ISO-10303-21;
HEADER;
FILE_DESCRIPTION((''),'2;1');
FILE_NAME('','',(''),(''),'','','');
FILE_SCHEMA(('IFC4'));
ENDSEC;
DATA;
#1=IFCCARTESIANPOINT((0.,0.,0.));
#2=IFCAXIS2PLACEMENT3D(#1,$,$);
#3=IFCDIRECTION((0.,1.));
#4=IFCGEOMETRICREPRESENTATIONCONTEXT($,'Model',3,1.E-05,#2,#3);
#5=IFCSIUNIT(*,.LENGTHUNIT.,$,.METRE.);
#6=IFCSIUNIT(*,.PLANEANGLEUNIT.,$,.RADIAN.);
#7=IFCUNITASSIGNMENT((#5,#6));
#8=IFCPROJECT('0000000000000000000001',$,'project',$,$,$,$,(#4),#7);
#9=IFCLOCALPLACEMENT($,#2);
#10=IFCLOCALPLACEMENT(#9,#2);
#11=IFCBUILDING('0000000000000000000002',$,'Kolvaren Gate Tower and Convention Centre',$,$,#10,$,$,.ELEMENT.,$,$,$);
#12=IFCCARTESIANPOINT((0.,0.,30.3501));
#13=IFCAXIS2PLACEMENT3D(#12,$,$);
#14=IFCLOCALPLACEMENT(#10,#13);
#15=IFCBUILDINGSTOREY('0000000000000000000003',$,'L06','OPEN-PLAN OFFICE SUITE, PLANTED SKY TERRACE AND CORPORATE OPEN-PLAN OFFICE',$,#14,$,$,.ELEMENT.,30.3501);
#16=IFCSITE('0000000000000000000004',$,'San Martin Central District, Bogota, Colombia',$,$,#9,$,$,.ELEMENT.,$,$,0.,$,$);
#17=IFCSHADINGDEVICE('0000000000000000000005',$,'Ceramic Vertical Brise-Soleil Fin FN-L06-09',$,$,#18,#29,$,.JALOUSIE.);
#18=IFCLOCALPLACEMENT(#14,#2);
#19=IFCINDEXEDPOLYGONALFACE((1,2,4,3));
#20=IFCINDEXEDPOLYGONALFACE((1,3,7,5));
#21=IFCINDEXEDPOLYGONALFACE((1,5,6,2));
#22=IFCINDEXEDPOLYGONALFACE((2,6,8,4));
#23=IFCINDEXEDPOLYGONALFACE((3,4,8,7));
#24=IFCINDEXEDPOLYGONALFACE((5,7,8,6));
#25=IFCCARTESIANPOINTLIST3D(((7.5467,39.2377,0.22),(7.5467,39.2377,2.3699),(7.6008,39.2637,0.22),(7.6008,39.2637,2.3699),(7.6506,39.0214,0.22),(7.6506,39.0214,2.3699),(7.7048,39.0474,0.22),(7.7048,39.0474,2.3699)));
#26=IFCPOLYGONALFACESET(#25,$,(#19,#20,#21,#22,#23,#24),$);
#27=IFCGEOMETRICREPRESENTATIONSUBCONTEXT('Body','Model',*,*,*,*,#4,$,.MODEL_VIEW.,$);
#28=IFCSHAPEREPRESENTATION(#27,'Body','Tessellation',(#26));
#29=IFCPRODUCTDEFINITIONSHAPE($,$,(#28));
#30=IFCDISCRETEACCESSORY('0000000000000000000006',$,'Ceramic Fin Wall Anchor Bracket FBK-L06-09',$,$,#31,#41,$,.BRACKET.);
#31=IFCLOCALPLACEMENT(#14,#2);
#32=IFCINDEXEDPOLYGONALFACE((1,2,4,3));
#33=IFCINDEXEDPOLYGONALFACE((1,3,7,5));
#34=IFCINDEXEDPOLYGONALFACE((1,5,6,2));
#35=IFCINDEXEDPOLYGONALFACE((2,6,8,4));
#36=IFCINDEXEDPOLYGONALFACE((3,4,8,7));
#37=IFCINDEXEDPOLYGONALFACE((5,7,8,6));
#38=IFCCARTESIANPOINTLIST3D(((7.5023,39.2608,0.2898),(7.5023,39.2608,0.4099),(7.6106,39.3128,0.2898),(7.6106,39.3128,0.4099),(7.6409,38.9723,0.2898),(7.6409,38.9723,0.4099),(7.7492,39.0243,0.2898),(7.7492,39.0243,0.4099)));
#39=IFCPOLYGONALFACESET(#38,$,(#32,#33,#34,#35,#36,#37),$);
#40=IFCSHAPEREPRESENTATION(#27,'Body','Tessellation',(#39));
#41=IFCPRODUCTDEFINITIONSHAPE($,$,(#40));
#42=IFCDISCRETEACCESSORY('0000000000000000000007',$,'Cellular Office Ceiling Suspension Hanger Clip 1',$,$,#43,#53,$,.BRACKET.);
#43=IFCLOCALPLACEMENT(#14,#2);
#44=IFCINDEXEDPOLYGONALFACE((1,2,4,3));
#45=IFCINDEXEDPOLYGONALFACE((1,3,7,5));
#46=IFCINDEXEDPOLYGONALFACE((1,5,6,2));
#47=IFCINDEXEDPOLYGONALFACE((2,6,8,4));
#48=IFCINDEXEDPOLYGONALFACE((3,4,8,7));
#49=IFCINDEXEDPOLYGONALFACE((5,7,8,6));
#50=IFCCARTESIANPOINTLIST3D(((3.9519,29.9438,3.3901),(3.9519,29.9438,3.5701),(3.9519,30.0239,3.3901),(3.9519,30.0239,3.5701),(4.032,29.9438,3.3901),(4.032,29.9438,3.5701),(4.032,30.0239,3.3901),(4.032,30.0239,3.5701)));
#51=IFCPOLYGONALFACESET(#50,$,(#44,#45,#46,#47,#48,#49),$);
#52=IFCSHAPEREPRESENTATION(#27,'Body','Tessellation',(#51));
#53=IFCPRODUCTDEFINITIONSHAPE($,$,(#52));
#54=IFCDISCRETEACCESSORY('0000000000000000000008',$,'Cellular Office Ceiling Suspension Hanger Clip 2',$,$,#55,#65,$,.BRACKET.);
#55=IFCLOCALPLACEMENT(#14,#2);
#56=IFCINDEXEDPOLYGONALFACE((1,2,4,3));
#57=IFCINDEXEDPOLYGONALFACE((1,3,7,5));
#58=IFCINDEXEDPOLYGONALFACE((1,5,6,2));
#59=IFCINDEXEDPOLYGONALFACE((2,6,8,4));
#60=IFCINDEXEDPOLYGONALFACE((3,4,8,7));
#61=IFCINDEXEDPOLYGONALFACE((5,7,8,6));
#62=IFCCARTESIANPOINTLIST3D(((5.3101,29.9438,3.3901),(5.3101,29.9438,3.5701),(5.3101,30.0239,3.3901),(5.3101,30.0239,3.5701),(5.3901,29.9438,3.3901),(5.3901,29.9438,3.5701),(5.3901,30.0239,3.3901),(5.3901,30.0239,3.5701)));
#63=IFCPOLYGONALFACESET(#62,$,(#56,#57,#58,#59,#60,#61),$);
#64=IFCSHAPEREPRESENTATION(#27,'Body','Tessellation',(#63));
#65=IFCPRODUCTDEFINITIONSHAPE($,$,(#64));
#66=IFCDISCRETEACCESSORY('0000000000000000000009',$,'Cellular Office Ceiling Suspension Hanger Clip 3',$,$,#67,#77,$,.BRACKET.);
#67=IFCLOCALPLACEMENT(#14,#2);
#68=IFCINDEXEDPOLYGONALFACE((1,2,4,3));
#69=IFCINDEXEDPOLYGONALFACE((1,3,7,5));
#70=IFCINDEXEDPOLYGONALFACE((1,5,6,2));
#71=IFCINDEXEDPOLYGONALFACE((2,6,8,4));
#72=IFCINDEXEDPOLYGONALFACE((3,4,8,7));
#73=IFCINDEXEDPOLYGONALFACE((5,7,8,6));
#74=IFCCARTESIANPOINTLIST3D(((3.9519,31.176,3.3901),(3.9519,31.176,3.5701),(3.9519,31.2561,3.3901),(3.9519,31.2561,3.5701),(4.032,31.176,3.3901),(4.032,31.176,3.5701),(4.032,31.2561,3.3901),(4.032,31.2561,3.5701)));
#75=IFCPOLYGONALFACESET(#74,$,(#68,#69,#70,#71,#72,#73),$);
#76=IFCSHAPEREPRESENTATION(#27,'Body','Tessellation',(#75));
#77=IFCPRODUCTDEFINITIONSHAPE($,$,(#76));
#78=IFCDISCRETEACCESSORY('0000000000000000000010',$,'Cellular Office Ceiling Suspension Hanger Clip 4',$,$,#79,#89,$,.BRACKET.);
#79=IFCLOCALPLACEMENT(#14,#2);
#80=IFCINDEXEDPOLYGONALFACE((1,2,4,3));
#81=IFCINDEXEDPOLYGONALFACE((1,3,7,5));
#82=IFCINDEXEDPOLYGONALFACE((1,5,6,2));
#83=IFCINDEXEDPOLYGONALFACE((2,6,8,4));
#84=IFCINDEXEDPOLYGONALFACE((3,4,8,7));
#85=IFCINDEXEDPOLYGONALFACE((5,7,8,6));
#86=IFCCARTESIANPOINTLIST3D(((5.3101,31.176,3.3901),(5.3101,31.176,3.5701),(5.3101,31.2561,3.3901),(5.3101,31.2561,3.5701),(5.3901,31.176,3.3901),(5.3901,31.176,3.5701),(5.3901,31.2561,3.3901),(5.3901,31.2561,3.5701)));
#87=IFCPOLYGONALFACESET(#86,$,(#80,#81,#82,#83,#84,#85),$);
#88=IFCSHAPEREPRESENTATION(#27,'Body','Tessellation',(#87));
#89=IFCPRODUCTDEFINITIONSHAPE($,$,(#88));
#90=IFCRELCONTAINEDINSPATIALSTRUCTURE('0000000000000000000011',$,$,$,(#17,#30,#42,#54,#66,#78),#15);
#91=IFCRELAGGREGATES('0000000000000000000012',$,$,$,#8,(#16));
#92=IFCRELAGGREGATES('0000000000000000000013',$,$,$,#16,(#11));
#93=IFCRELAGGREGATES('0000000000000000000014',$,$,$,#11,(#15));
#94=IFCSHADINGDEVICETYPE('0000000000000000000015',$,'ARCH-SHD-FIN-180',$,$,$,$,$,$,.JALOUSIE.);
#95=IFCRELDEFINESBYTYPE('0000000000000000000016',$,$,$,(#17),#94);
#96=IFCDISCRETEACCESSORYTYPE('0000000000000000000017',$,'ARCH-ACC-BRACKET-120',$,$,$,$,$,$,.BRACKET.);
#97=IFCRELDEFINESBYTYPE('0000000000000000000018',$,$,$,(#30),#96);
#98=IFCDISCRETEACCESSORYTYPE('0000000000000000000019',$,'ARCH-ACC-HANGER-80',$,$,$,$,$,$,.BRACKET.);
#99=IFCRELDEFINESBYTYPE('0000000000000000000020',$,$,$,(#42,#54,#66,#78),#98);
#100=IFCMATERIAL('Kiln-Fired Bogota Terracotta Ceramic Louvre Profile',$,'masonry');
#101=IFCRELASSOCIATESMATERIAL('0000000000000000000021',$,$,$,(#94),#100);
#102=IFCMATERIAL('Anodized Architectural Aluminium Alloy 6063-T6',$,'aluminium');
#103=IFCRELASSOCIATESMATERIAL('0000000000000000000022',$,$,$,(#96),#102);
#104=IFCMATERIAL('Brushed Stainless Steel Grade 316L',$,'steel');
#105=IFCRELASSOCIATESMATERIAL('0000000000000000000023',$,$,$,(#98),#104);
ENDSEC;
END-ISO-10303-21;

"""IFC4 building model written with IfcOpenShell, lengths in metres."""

from ifc_helpers import new_model, si_unit, direction, frame, origin, origin_2d, place, context, subcontext, project, spatial, rectangle, extrude, material, type_object, element, save


model = new_model("IFC4")

# Units and contexts
model_context = context("Model", 3, precision=1e-05, world=origin(), true_north=direction((0.0, 1.0)))
body_context = subcontext(model_context, "Body", "Model", "MODEL_VIEW")
ifc_project = project(units=[si_unit("LENGTHUNIT", "METRE"), si_unit("PLANEANGLEUNIT", "RADIAN")], contexts=[model_context])

# Site, building, storey
site_placement = place(None, origin())
site = spatial("IfcSite", under=ifc_project, at=site_placement, Name="San Martin Central District, Bogota, Colombia", CompositionType="ELEMENT", RefElevation=0.0)
building_placement = place(site_placement, origin())
building = spatial("IfcBuilding", under=site, at=building_placement, Name="Kolvaren Gate Tower and Convention Centre", CompositionType="ELEMENT")
storey_placement = place(building_placement, frame((0.0, 0.0, 30.3501)))
storey = spatial("IfcBuildingStorey", under=building, at=storey_placement, Name="L06", Description="OPEN-PLAN OFFICE SUITE, PLANTED SKY TERRACE AND CORPORATE OPEN-PLAN OFFICE", CompositionType="ELEMENT", Elevation=30.3501)

# Shared definitions
ifc_material_1 = material(Name="Anodized Architectural Aluminium Alloy 6063-T6", Category="aluminium")

# Shading device
ifc_material_2 = material(Name="Kiln-Fired Bogota Terracotta Ceramic Louvre Profile", Category="masonry")
shading_device_type = type_object("IfcShadingDeviceType", Name="ARCH-SHD-FIN-180", PredefinedType="JALOUSIE", material=ifc_material_2)
shading_device_placement = place(storey_placement, frame((7.6257, 39.1426, 0.22), z_axis=(0.0, 0.0, 1.0), x_axis=(0.901364, 0.433061, 0.0)))
element("IfcShadingDevice", 1, at=shading_device_placement, inside=storey, type_object=shading_device_type, Name="Ceramic Vertical Brise-Soleil Fin FN-L06-09", PredefinedType="JALOUSIE", context=body_context, shape_type="SweptSolid", body=[
    extrude(rectangle(XDim=0.0601, YDim=0.24, at=origin_2d()), origin(), (0.0, 0.0, 1.0), 2.1499),
])

# Discrete accessories
discrete_accessory_type_1 = type_object("IfcDiscreteAccessoryType", Name="ARCH-ACC-BRACKET-120", PredefinedType="BRACKET", material=ifc_material_1)
discrete_accessory_placement = place(storey_placement, frame((7.6257, 39.1426, 0.2898), z_axis=(0.0, 0.0, 1.0), x_axis=(0.901364, 0.433061, 0.0)))
element("IfcDiscreteAccessory", 2, at=discrete_accessory_placement, inside=storey, type_object=discrete_accessory_type_1, Name="Ceramic Fin Wall Anchor Bracket FBK-L06-09", PredefinedType="BRACKET", context=body_context, shape_type="SweptSolid", body=[
    extrude(rectangle(XDim=0.1201, YDim=0.3201, at=origin_2d()), origin(), (0.0, 0.0, 1.0), 0.1201),
])
ifc_material_3 = material(Name="Brushed Stainless Steel Grade 316L", Category="steel")
discrete_accessory_type_2 = type_object("IfcDiscreteAccessoryType", Name="ARCH-ACC-HANGER-80", PredefinedType="BRACKET", material=ifc_material_3)
for number, where, z_axis, x_axis, name in (
    (3, (3.9919, 29.9839, 3.3901), (0.0, 0.0, 1.0), (1.0, 0.0, 0.0), "Cellular Office Ceiling Suspension Hanger Clip 1"),
    (4, (5.3501, 29.9839, 3.3901), (0.0, 0.0, 1.0), (1.0, 0.0, 0.0), "Cellular Office Ceiling Suspension Hanger Clip 2"),
    (5, (3.9919, 31.2161, 3.3901), (0.0, 0.0, 1.0), (1.0, 0.0, 0.0), "Cellular Office Ceiling Suspension Hanger Clip 3"),
    (6, (5.3501, 31.2161, 3.3901), (0.0, 0.0, 1.0), (1.0, 0.0, 0.0), "Cellular Office Ceiling Suspension Hanger Clip 4"),
):
    element("IfcDiscreteAccessory", number, at=place(storey_placement, frame(where, z_axis=z_axis, x_axis=x_axis)), inside=storey, type_object=discrete_accessory_type_2, Name=name, PredefinedType="BRACKET", context=body_context, shape_type="SweptSolid", body=[
        extrude(rectangle(XDim=0.0801, YDim=0.0801, at=origin_2d()), origin(), (0.0, 0.0, 1.0), 0.1799),
    ])

save(model, "model.ifc")
